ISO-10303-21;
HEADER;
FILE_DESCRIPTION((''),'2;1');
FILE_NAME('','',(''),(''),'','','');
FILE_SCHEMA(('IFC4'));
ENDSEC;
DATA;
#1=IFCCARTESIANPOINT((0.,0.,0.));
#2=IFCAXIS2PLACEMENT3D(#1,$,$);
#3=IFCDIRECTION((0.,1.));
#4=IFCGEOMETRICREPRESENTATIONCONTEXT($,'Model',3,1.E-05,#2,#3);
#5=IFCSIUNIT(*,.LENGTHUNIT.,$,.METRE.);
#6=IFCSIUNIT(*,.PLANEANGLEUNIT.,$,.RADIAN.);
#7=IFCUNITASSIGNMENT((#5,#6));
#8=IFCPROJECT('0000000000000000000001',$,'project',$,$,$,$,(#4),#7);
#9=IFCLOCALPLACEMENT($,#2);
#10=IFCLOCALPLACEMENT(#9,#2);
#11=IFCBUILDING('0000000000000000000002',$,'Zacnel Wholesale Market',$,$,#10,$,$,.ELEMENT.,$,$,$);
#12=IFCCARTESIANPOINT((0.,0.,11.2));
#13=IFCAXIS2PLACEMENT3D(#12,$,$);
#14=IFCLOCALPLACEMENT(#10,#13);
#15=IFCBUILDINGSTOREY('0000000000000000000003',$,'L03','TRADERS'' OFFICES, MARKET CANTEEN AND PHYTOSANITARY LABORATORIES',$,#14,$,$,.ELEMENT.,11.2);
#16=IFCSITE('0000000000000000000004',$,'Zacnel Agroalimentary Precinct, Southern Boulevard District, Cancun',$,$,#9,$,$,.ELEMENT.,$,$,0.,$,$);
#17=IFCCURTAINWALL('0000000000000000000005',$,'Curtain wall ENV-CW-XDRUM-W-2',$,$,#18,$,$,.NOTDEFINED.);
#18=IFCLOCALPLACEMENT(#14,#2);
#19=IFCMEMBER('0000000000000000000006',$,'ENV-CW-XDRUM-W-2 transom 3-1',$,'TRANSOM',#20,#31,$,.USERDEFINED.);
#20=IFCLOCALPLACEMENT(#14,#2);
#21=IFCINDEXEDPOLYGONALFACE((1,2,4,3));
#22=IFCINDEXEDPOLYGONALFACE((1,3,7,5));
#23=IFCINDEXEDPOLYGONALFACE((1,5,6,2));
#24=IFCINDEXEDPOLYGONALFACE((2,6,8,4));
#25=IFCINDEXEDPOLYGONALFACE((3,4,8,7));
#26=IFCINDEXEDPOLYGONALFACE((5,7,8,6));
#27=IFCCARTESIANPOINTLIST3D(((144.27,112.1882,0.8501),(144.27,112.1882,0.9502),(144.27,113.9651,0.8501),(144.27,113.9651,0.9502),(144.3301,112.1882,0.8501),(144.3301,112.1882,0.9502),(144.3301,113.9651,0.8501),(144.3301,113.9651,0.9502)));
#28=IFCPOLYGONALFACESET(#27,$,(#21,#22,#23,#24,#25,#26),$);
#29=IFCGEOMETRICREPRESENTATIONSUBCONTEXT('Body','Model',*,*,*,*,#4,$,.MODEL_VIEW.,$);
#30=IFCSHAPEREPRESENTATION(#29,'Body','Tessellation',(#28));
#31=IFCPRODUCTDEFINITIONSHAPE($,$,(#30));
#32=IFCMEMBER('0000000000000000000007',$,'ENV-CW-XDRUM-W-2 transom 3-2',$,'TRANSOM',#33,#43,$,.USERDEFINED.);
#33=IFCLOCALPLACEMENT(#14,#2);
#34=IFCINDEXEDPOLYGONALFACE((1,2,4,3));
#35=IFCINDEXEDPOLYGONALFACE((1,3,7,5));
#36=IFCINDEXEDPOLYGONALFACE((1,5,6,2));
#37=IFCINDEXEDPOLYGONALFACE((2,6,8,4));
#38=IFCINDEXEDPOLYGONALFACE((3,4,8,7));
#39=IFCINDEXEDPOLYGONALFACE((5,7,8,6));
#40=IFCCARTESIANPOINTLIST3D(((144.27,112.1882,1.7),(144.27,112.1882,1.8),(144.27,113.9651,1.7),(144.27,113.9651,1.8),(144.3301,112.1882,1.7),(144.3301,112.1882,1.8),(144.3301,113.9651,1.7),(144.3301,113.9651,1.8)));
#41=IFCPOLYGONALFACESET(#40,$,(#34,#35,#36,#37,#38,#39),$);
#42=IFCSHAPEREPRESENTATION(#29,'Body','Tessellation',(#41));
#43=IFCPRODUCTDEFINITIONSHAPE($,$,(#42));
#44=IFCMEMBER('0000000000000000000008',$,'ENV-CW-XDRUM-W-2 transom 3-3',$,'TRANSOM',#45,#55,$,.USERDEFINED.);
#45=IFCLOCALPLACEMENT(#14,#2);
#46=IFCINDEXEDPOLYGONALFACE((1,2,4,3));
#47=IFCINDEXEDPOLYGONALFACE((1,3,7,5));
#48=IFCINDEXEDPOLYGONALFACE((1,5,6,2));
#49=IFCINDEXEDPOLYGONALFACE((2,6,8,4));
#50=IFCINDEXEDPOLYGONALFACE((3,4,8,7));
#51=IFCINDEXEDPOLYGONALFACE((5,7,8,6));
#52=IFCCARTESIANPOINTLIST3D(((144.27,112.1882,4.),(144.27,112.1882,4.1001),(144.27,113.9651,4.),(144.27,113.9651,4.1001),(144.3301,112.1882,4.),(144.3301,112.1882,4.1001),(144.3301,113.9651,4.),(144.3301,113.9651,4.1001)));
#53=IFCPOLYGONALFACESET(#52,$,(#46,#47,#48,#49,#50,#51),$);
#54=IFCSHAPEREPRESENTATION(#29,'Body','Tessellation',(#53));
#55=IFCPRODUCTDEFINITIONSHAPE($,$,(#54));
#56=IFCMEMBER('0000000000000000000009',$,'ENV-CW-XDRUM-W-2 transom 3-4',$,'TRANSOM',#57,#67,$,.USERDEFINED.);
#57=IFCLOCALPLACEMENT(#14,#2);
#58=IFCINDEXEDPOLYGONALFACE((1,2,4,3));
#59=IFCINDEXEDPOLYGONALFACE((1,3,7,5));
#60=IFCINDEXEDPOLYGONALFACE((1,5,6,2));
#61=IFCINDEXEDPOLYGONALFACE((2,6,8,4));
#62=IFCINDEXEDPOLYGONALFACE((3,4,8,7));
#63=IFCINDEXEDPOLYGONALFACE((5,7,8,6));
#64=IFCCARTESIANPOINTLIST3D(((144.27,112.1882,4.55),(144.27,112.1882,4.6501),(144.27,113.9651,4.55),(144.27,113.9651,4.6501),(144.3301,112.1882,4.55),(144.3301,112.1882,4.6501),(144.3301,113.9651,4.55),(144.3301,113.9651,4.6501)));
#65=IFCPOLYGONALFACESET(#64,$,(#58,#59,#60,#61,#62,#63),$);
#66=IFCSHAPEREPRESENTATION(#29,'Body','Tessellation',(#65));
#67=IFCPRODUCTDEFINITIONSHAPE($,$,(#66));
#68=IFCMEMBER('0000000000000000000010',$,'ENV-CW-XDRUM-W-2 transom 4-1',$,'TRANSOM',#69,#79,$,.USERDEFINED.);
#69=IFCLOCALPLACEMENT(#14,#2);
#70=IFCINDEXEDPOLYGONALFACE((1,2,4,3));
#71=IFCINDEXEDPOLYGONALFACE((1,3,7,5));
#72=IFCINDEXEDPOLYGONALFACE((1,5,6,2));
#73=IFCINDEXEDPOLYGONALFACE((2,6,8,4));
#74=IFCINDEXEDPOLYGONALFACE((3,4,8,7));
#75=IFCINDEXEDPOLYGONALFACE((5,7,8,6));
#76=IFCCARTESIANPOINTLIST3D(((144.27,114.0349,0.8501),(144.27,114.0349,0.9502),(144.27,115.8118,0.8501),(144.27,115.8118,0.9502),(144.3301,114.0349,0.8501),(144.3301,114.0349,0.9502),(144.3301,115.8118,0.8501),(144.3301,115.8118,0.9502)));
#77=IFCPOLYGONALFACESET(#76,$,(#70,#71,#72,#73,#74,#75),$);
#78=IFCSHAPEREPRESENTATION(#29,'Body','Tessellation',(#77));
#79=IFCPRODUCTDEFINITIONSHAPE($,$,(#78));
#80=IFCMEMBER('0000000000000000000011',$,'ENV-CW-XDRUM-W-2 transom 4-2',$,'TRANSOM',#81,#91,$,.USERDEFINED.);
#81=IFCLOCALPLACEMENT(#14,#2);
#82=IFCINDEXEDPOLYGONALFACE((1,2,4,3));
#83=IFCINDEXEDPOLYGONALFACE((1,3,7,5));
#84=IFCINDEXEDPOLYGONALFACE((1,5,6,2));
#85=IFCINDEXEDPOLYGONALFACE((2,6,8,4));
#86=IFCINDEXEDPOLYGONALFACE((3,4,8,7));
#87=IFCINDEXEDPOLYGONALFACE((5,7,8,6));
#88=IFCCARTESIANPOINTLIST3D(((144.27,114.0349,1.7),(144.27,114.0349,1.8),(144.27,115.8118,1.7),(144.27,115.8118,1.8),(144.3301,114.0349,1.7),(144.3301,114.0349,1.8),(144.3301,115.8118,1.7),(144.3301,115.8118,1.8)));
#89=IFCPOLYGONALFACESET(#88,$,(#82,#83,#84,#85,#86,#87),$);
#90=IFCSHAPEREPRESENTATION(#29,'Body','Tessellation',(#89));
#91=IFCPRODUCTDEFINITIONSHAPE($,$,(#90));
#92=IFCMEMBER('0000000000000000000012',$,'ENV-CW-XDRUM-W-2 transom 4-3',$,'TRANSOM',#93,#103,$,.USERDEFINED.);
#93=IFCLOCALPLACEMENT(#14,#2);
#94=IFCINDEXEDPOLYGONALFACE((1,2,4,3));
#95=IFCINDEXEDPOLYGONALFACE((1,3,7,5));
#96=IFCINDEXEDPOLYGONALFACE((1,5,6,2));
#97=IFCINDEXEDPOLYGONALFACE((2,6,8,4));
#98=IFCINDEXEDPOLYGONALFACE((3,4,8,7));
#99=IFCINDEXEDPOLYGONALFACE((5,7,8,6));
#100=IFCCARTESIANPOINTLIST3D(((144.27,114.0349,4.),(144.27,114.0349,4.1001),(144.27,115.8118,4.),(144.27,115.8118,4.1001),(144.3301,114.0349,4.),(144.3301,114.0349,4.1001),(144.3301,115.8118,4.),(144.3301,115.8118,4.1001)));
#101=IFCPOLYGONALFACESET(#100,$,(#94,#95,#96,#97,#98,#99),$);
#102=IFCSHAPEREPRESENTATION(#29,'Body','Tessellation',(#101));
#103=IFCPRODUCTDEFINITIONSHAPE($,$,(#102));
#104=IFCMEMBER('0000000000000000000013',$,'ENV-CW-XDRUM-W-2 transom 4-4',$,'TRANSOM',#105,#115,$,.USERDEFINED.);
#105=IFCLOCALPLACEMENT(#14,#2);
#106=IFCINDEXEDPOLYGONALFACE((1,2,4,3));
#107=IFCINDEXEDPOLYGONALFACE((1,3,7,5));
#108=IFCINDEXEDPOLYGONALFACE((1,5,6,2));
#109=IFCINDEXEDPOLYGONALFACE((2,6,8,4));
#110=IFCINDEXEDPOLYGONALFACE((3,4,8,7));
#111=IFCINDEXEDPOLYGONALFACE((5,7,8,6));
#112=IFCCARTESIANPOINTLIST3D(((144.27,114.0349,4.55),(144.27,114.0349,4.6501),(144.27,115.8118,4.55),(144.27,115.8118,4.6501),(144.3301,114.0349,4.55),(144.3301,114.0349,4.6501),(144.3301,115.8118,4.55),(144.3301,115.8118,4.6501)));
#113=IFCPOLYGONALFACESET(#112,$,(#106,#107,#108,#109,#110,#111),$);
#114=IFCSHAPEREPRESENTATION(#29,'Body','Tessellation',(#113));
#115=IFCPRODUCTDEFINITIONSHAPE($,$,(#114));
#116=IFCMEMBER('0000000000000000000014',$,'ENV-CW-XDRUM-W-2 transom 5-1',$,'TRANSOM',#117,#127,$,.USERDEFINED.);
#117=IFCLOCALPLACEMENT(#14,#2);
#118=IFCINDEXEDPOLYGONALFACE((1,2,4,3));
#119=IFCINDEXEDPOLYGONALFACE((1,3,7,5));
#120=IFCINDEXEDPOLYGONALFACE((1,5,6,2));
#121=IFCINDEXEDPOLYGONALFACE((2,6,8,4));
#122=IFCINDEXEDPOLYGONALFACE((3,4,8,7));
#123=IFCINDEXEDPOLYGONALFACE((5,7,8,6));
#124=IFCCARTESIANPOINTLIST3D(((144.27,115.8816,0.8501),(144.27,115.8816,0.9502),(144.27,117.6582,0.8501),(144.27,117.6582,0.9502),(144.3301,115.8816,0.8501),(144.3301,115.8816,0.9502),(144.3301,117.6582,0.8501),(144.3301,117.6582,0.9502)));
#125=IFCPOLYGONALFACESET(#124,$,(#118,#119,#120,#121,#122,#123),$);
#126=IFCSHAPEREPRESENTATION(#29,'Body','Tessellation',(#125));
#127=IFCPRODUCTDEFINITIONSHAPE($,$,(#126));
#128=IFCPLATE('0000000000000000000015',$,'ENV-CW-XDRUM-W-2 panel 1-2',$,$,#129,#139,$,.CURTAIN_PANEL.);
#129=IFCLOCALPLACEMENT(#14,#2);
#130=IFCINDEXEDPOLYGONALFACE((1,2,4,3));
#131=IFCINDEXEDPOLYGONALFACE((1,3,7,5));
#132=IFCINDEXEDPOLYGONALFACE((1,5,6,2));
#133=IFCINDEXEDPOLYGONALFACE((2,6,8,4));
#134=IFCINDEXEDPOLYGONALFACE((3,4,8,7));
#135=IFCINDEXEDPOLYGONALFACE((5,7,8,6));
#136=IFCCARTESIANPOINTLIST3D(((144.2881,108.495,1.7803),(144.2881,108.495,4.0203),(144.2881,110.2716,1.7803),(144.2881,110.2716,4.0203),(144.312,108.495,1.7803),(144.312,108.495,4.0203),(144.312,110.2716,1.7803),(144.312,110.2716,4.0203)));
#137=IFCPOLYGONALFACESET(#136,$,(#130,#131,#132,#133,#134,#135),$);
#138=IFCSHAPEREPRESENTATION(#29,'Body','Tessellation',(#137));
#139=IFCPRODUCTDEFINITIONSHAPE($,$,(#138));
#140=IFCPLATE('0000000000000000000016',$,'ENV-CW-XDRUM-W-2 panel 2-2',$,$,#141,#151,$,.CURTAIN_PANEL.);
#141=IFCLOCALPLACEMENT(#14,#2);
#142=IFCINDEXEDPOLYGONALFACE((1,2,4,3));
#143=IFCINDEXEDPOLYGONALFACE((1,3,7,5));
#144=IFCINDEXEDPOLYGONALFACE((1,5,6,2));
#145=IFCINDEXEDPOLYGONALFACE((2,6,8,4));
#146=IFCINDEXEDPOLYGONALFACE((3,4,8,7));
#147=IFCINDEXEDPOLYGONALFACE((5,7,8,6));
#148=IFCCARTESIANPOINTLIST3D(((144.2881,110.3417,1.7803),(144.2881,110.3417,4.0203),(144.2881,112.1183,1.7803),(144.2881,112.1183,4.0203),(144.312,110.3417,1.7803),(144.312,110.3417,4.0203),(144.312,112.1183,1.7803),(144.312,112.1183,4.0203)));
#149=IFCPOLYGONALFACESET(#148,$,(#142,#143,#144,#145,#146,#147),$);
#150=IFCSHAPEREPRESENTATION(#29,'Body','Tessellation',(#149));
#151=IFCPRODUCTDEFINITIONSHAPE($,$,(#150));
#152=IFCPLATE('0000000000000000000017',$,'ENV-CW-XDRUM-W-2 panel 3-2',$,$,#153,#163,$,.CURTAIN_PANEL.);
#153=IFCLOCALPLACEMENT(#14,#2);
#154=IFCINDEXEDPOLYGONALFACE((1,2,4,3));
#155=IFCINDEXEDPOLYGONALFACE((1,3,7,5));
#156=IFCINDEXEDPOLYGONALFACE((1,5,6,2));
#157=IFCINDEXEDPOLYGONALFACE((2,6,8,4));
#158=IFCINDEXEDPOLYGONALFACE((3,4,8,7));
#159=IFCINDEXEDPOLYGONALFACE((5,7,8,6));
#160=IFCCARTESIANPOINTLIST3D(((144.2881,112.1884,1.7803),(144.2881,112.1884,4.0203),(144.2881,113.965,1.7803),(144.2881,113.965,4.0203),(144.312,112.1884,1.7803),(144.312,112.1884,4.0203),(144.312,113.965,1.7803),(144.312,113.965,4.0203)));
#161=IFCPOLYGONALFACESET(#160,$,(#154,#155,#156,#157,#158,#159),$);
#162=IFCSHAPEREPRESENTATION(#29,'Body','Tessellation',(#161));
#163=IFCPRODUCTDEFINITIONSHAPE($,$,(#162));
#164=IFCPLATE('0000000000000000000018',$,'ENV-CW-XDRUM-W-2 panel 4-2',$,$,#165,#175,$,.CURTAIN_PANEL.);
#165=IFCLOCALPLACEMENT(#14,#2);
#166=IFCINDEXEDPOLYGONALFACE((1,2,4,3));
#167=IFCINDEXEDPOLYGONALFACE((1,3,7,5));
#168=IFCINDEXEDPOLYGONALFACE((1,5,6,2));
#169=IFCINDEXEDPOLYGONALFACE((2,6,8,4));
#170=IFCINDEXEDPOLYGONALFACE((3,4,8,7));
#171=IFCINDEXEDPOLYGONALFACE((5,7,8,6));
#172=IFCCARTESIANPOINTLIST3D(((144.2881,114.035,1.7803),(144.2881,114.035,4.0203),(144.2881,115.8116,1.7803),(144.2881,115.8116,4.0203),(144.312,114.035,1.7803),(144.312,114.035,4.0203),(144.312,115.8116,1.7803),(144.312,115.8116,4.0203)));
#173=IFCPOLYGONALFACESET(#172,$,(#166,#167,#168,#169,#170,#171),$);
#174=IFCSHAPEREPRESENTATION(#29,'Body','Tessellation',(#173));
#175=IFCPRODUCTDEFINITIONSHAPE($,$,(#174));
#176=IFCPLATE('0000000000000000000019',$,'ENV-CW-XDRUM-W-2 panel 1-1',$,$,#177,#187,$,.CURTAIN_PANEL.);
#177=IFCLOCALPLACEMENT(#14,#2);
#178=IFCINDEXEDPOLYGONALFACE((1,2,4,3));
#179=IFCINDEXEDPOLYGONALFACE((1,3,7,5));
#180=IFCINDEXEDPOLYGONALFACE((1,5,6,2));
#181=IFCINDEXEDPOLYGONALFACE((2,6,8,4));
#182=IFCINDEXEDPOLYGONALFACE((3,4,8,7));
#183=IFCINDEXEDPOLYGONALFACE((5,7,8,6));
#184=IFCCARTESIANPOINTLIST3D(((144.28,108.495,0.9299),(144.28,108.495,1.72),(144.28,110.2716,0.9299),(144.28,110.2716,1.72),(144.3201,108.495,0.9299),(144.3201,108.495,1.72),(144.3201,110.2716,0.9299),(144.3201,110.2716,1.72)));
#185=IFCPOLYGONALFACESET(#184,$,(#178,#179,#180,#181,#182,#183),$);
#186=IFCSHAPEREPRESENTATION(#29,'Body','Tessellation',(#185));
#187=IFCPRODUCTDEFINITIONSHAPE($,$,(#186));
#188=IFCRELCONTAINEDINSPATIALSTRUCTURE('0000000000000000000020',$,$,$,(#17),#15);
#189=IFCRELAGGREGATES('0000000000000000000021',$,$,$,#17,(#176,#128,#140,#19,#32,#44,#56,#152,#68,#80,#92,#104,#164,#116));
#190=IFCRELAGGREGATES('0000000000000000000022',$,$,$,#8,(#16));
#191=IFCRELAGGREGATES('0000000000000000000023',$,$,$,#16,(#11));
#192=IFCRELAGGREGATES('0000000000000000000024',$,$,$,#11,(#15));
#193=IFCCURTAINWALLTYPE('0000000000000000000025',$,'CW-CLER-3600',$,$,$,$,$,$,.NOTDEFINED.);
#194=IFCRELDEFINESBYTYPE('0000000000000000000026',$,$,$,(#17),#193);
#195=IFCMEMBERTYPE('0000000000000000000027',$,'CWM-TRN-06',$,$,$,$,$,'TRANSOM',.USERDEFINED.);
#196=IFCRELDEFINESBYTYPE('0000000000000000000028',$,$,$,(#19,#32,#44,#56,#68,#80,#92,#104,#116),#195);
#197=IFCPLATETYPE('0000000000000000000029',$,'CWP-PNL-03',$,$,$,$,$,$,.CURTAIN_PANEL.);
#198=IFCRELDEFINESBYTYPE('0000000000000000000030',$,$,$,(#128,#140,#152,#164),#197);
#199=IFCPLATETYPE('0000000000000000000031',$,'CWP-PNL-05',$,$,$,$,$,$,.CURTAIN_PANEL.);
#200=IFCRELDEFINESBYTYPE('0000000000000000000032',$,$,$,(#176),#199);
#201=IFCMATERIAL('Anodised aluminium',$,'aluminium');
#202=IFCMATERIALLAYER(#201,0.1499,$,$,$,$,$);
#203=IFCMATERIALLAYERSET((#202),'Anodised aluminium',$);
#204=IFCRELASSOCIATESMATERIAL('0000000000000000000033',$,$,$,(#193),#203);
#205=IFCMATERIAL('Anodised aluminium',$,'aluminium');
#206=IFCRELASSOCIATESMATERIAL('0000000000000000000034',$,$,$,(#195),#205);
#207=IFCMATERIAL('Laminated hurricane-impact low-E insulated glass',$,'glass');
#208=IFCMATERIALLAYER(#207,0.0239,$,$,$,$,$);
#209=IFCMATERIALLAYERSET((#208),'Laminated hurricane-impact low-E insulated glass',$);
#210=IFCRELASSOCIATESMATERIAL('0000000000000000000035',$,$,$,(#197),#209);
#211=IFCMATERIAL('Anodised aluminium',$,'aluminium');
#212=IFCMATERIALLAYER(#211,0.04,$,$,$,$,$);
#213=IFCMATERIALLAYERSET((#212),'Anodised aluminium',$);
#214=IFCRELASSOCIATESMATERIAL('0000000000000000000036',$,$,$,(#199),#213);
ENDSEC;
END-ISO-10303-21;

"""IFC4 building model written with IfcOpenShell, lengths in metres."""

from ifc_helpers import new_model, si_unit, direction, frame, origin, origin_2d, place, context, subcontext, project, spatial, rectangle, extrude, material, layer, layer_set, material_profile, profile_set, type_object, element, aggregate, save


model = new_model("IFC4")

# Units and contexts
model_context = context("Model", 3, precision=1e-05, world=origin(), true_north=direction((0.0, 1.0)))
body_context = subcontext(model_context, "Body", "Model", "MODEL_VIEW")
ifc_project = project(units=[si_unit("LENGTHUNIT", "METRE"), si_unit("PLANEANGLEUNIT", "RADIAN")], contexts=[model_context])

# Site, building, storey
site_placement = place(None, origin())
site = spatial("IfcSite", under=ifc_project, at=site_placement, Name="Zacnel Agroalimentary Precinct, Southern Boulevard District, Cancun", CompositionType="ELEMENT", RefElevation=0.0)
building_placement = place(site_placement, origin())
building = spatial("IfcBuilding", under=site, at=building_placement, Name="Zacnel Wholesale Market", CompositionType="ELEMENT")
storey_placement = place(building_placement, frame((0.0, 0.0, 11.2)))
storey = spatial("IfcBuildingStorey", under=building, at=storey_placement, Name="L03", Description="TRADERS' OFFICES, MARKET CANTEEN AND PHYTOSANITARY LABORATORIES", CompositionType="ELEMENT", Elevation=11.2)

# Curtain wall, members, plates
ifc_material_1 = material(Name="Anodised aluminium", Category="aluminium")
ifc_layer_1 = layer(ifc_material_1, 0.1499)
ifc_layer_set_1 = layer_set([ifc_layer_1], Name="Anodised aluminium")
curtain_wall_type = type_object("IfcCurtainWallType", Name="CW-CLER-3600", PredefinedType="NOTDEFINED", material=ifc_layer_set_1)
curtain_wall_placement = place(storey_placement, origin())
curtain_wall = element("IfcCurtainWall", 1, at=curtain_wall_placement, inside=storey, type_object=curtain_wall_type, Name="Curtain wall ENV-CW-XDRUM-W-2", PredefinedType="NOTDEFINED")
ifc_material_2 = material(Name="Anodised aluminium", Category="aluminium")
ifc_material_profile_1 = material_profile(ifc_material_2, rectangle(XDim=0.0601, YDim=0.1001, at=origin_2d()), Name="AW-TRANSOM 60x100")
ifc_profile_set_1 = profile_set([ifc_material_profile_1], Name="Anodised aluminium")
member_type_1 = type_object("IfcMemberType", Name="CWM-TRN-06", ElementType="TRANSOM", PredefinedType="USERDEFINED", material=ifc_profile_set_1)
member_1_placement = place(storey_placement, frame((144.3, 112.1882, 0.9001), z_axis=(0.0, 1.0, 0.0), x_axis=(-1.0, 0.0, 0.0)))
member_1 = element("IfcMember", 2, at=member_1_placement, type_object=member_type_1, Name="ENV-CW-XDRUM-W-2 transom 3-1", ObjectType="TRANSOM", PredefinedType="USERDEFINED", context=body_context, shape_type="SweptSolid", body=[
    extrude(rectangle(XDim=0.0601, YDim=0.1001, at=origin_2d()), origin(), (0.0, 0.0, 1.0), 1.7769),
])
member_2_placement = place(storey_placement, frame((144.3, 112.1882, 1.75), z_axis=(0.0, 1.0, 0.0), x_axis=(-1.0, 0.0, 0.0)))
member_2 = element("IfcMember", 3, at=member_2_placement, type_object=member_type_1, Name="ENV-CW-XDRUM-W-2 transom 3-2", ObjectType="TRANSOM", PredefinedType="USERDEFINED", context=body_context, shape_type="SweptSolid", body=[
    extrude(rectangle(XDim=0.0601, YDim=0.1001, at=origin_2d()), origin(), (0.0, 0.0, 1.0), 1.7769),
])
member_3_placement = place(storey_placement, frame((144.3, 112.1882, 4.05), z_axis=(0.0, 1.0, 0.0), x_axis=(-1.0, 0.0, 0.0)))
member_3 = element("IfcMember", 4, at=member_3_placement, type_object=member_type_1, Name="ENV-CW-XDRUM-W-2 transom 3-3", ObjectType="TRANSOM", PredefinedType="USERDEFINED", context=body_context, shape_type="SweptSolid", body=[
    extrude(rectangle(XDim=0.0601, YDim=0.1001, at=origin_2d()), origin(), (0.0, 0.0, 1.0), 1.7769),
])
member_4_placement = place(storey_placement, frame((144.3, 112.1882, 4.6001), z_axis=(0.0, 1.0, 0.0), x_axis=(-1.0, 0.0, 0.0)))
member_4 = element("IfcMember", 5, at=member_4_placement, type_object=member_type_1, Name="ENV-CW-XDRUM-W-2 transom 3-4", ObjectType="TRANSOM", PredefinedType="USERDEFINED", context=body_context, shape_type="SweptSolid", body=[
    extrude(rectangle(XDim=0.0601, YDim=0.1001, at=origin_2d()), origin(), (0.0, 0.0, 1.0), 1.7769),
])
member_5_placement = place(storey_placement, frame((144.3, 114.0349, 0.9001), z_axis=(0.0, 1.0, 0.0), x_axis=(-1.0, 0.0, 0.0)))
member_5 = element("IfcMember", 6, at=member_5_placement, type_object=member_type_1, Name="ENV-CW-XDRUM-W-2 transom 4-1", ObjectType="TRANSOM", PredefinedType="USERDEFINED", context=body_context, shape_type="SweptSolid", body=[
    extrude(rectangle(XDim=0.0601, YDim=0.1001, at=origin_2d()), origin(), (0.0, 0.0, 1.0), 1.7769),
])
member_6_placement = place(storey_placement, frame((144.3, 114.0349, 1.75), z_axis=(0.0, 1.0, 0.0), x_axis=(-1.0, 0.0, 0.0)))
member_6 = element("IfcMember", 7, at=member_6_placement, type_object=member_type_1, Name="ENV-CW-XDRUM-W-2 transom 4-2", ObjectType="TRANSOM", PredefinedType="USERDEFINED", context=body_context, shape_type="SweptSolid", body=[
    extrude(rectangle(XDim=0.0601, YDim=0.1001, at=origin_2d()), origin(), (0.0, 0.0, 1.0), 1.7769),
])
member_7_placement = place(storey_placement, frame((144.3, 114.0349, 4.05), z_axis=(0.0, 1.0, 0.0), x_axis=(-1.0, 0.0, 0.0)))
member_7 = element("IfcMember", 8, at=member_7_placement, type_object=member_type_1, Name="ENV-CW-XDRUM-W-2 transom 4-3", ObjectType="TRANSOM", PredefinedType="USERDEFINED", context=body_context, shape_type="SweptSolid", body=[
    extrude(rectangle(XDim=0.0601, YDim=0.1001, at=origin_2d()), origin(), (0.0, 0.0, 1.0), 1.7769),
])
member_8_placement = place(storey_placement, frame((144.3, 114.0349, 4.6001), z_axis=(0.0, 1.0, 0.0), x_axis=(-1.0, 0.0, 0.0)))
member_8 = element("IfcMember", 9, at=member_8_placement, type_object=member_type_1, Name="ENV-CW-XDRUM-W-2 transom 4-4", ObjectType="TRANSOM", PredefinedType="USERDEFINED", context=body_context, shape_type="SweptSolid", body=[
    extrude(rectangle(XDim=0.0601, YDim=0.1001, at=origin_2d()), origin(), (0.0, 0.0, 1.0), 1.7769),
])
member_9_placement = place(storey_placement, frame((144.3, 115.8816, 0.9001), z_axis=(0.0, 1.0, 0.0), x_axis=(-1.0, 0.0, 0.0)))
member_9 = element("IfcMember", 10, at=member_9_placement, type_object=member_type_1, Name="ENV-CW-XDRUM-W-2 transom 5-1", ObjectType="TRANSOM", PredefinedType="USERDEFINED", context=body_context, shape_type="SweptSolid", body=[
    extrude(rectangle(XDim=0.0601, YDim=0.1001, at=origin_2d()), origin(), (0.0, 0.0, 1.0), 1.7766),
])
ifc_material_3 = material(Name="Laminated hurricane-impact low-E insulated glass", Category="glass")
ifc_layer_2 = layer(ifc_material_3, 0.0239)
ifc_layer_set_2 = layer_set([ifc_layer_2], Name="Laminated hurricane-impact low-E insulated glass")
plate_type_1 = type_object("IfcPlateType", Name="CWP-PNL-03", PredefinedType="CURTAIN_PANEL", material=ifc_layer_set_2)
plate_1_placement = place(storey_placement, frame((144.3, 109.3833, 1.7803), z_axis=(0.0, 0.0, 1.0), x_axis=(0.0, 1.0, 0.0)))
plate_1 = element("IfcPlate", 11, at=plate_1_placement, type_object=plate_type_1, Name="ENV-CW-XDRUM-W-2 panel 1-2", PredefinedType="CURTAIN_PANEL", context=body_context, shape_type="SweptSolid", body=[
    extrude(rectangle(XDim=1.7766, YDim=0.0239, at=origin_2d()), origin(), (0.0, 0.0, 1.0), 2.24),
])
plate_2_placement = place(storey_placement, frame((144.3, 111.23, 1.7803), z_axis=(0.0, 0.0, 1.0), x_axis=(0.0, 1.0, 0.0)))
plate_2 = element("IfcPlate", 12, at=plate_2_placement, type_object=plate_type_1, Name="ENV-CW-XDRUM-W-2 panel 2-2", PredefinedType="CURTAIN_PANEL", context=body_context, shape_type="SweptSolid", body=[
    extrude(rectangle(XDim=1.7766, YDim=0.0239, at=origin_2d()), origin(), (0.0, 0.0, 1.0), 2.24),
])
plate_3_placement = place(storey_placement, frame((144.3, 113.0767, 1.7803), z_axis=(0.0, 0.0, 1.0), x_axis=(0.0, 1.0, 0.0)))
plate_3 = element("IfcPlate", 13, at=plate_3_placement, type_object=plate_type_1, Name="ENV-CW-XDRUM-W-2 panel 3-2", PredefinedType="CURTAIN_PANEL", context=body_context, shape_type="SweptSolid", body=[
    extrude(rectangle(XDim=1.7766, YDim=0.0239, at=origin_2d()), origin(), (0.0, 0.0, 1.0), 2.24),
])
plate_4_placement = place(storey_placement, frame((144.3, 114.9233, 1.7803), z_axis=(0.0, 0.0, 1.0), x_axis=(0.0, 1.0, 0.0)))
plate_4 = element("IfcPlate", 14, at=plate_4_placement, type_object=plate_type_1, Name="ENV-CW-XDRUM-W-2 panel 4-2", PredefinedType="CURTAIN_PANEL", context=body_context, shape_type="SweptSolid", body=[
    extrude(rectangle(XDim=1.7766, YDim=0.0239, at=origin_2d()), origin(), (0.0, 0.0, 1.0), 2.24),
])
ifc_material_4 = material(Name="Anodised aluminium", Category="aluminium")
ifc_layer_3 = layer(ifc_material_4, 0.04)
ifc_layer_set_3 = layer_set([ifc_layer_3], Name="Anodised aluminium")
plate_type_2 = type_object("IfcPlateType", Name="CWP-PNL-05", PredefinedType="CURTAIN_PANEL", material=ifc_layer_set_3)
plate_5_placement = place(storey_placement, frame((144.3, 109.3833, 0.9299), z_axis=(0.0, 0.0, 1.0), x_axis=(0.0, 1.0, 0.0)))
plate_5 = element("IfcPlate", 15, at=plate_5_placement, type_object=plate_type_2, Name="ENV-CW-XDRUM-W-2 panel 1-1", PredefinedType="CURTAIN_PANEL", context=body_context, shape_type="SweptSolid", body=[
    extrude(rectangle(XDim=1.7766, YDim=0.04, at=origin_2d()), origin(), (0.0, 0.0, 1.0), 0.79),
])
aggregate(curtain_wall, [plate_5, plate_1, plate_2, member_1, member_2, member_3, member_4, plate_3, member_5, member_6, member_7, member_8, plate_4, member_9])

save(model, "model.ifc")
